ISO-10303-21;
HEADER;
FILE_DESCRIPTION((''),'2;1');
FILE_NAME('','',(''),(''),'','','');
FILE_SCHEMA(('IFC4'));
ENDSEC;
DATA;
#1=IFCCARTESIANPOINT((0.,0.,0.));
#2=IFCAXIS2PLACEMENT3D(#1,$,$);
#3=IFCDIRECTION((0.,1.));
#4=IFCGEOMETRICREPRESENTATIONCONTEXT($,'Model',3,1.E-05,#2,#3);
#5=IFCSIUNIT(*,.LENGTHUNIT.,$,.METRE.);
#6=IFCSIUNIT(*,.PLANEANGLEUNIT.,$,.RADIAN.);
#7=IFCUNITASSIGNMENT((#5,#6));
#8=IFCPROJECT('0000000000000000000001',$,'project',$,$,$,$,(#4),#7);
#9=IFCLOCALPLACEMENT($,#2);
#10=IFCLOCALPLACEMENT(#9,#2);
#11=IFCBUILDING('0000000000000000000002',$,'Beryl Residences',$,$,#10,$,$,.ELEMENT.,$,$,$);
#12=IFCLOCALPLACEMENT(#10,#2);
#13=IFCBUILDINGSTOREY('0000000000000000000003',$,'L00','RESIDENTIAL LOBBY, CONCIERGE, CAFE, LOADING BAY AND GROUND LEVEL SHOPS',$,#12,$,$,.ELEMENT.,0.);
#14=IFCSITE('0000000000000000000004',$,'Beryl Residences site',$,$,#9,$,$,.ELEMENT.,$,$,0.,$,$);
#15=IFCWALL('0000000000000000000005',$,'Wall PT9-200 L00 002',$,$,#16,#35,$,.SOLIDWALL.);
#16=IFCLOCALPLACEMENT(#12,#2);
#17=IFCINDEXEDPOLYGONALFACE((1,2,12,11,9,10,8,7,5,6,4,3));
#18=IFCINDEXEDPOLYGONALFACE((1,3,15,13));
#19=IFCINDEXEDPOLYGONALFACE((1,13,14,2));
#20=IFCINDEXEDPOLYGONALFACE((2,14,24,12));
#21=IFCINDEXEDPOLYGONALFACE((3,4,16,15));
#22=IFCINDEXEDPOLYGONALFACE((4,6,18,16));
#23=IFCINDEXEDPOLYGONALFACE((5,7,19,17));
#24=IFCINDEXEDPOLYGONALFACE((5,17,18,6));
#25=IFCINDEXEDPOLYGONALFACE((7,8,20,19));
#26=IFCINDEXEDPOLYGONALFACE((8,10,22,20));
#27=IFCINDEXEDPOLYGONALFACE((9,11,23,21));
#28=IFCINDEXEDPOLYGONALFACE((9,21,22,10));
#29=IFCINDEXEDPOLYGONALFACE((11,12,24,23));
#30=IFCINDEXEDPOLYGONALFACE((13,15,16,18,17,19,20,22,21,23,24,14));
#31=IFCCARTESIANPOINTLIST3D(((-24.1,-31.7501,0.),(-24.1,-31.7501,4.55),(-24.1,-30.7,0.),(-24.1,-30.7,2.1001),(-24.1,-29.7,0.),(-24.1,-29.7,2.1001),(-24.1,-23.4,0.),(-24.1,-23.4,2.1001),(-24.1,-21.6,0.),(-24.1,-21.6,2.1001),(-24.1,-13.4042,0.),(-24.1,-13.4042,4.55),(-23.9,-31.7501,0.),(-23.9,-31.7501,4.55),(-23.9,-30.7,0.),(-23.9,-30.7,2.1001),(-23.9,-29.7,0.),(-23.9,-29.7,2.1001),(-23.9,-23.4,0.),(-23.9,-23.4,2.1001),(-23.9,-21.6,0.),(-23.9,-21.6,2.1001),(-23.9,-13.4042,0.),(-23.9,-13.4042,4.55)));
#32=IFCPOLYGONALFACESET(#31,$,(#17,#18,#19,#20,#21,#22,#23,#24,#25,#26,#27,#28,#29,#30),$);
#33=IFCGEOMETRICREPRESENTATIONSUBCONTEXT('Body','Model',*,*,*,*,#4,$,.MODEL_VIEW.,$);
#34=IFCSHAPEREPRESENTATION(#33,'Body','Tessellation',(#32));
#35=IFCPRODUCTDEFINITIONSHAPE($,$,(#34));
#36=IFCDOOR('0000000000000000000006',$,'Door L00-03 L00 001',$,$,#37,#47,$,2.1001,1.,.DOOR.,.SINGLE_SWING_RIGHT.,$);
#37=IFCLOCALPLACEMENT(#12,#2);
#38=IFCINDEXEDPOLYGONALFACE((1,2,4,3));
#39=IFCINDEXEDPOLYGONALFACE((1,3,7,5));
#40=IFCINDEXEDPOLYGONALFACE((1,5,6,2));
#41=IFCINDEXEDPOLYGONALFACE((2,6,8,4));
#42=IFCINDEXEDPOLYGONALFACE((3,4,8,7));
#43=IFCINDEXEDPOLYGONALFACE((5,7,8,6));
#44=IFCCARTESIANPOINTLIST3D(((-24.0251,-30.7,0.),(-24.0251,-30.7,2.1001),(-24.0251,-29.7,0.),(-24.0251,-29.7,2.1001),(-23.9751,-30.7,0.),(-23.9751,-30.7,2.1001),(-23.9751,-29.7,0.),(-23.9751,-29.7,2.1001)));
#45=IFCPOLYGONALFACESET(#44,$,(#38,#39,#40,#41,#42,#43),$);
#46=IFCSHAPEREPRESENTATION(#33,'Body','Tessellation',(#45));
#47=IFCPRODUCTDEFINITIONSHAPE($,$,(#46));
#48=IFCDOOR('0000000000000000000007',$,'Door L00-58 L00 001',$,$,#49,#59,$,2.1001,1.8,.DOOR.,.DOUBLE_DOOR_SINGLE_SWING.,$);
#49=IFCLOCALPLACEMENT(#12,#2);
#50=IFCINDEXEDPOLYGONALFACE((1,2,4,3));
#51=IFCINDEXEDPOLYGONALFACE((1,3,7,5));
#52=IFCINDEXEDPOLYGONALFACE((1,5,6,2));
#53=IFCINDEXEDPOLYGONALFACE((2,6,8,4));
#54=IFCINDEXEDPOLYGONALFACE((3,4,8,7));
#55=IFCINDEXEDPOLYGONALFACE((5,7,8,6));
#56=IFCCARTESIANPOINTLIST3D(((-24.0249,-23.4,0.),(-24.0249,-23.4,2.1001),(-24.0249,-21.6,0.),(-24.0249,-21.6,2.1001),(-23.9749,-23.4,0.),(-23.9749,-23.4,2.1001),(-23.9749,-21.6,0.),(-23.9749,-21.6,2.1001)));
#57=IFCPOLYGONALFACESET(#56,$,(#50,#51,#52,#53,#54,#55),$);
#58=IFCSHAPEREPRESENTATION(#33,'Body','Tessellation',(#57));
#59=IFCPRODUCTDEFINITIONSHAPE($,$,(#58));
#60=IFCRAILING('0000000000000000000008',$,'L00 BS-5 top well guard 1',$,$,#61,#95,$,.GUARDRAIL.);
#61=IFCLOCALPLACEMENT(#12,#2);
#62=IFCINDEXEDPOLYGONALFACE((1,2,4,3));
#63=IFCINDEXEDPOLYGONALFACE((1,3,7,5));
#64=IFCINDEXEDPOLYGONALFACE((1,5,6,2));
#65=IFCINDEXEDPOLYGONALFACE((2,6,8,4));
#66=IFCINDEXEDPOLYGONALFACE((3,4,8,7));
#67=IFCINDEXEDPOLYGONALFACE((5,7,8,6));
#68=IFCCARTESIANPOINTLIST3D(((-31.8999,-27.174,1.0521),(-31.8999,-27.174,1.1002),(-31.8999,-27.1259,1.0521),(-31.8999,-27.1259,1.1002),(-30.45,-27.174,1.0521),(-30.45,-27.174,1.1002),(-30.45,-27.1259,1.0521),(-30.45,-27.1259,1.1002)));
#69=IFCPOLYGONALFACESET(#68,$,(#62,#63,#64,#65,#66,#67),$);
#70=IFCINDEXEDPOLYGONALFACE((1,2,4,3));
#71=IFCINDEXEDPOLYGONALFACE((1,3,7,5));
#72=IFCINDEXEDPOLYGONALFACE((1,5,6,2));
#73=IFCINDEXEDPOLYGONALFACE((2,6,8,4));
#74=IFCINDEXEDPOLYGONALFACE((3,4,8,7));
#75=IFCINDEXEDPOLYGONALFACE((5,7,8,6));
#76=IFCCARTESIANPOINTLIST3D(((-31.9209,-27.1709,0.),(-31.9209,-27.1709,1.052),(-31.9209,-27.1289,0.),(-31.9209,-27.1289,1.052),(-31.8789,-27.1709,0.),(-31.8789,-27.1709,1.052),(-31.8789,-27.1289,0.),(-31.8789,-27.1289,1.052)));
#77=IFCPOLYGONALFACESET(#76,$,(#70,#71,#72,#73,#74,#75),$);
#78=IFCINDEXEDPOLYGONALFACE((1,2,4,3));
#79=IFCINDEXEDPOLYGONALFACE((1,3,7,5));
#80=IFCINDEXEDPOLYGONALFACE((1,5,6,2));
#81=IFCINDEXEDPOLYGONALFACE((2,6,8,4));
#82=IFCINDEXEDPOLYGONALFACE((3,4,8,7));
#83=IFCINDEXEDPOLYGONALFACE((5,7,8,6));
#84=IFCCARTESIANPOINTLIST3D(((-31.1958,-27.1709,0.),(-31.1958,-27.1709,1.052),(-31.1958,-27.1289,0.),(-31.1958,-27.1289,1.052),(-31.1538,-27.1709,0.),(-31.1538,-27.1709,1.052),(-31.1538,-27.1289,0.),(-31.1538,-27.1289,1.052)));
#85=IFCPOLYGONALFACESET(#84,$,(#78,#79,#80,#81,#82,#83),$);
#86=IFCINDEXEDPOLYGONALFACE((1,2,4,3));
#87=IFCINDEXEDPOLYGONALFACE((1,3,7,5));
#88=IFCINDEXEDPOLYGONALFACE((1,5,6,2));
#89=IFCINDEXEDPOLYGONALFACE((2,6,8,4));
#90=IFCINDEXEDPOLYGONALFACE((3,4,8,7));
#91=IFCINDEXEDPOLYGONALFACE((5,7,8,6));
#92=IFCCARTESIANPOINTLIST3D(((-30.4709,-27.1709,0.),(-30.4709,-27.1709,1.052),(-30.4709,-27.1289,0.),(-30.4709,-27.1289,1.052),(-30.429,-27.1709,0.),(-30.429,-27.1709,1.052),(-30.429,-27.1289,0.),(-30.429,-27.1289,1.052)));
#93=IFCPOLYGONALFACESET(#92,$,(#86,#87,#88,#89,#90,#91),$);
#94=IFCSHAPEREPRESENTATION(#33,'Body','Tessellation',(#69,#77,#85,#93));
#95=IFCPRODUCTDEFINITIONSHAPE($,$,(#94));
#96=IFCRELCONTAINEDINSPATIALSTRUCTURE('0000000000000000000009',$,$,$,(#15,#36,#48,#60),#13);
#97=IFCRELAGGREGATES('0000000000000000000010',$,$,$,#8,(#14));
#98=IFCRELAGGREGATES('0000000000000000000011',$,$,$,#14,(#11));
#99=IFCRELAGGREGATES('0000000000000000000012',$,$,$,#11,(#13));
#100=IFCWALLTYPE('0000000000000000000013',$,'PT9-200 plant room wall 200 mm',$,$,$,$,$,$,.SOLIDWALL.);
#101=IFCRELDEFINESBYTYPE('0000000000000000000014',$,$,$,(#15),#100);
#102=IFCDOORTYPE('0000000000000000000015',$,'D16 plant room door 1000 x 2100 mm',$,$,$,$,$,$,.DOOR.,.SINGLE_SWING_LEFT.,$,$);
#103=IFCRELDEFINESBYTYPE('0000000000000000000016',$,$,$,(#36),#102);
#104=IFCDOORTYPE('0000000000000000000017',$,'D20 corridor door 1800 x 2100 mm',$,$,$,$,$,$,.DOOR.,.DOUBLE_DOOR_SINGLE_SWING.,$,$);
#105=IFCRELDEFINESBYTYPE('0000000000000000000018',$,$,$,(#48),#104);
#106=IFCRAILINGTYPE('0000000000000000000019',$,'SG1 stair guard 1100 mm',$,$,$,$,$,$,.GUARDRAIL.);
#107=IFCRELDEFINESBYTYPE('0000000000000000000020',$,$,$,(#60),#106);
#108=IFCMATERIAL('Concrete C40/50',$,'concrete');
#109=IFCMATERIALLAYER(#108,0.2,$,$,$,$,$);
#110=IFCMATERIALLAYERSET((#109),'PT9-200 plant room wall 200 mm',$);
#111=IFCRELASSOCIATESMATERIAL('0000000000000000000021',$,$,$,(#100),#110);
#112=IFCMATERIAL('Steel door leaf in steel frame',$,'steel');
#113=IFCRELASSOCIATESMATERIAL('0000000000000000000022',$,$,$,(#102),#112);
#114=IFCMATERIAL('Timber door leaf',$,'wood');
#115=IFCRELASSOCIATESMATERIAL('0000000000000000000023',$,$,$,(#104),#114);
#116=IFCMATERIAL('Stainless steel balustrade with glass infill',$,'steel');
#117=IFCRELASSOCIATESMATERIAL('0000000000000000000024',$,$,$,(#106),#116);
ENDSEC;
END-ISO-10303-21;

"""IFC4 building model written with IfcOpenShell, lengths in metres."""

from ifc_helpers import new_model, si_unit, direction, frame, frame_2d, origin, origin_2d, place, context, subcontext, project, spatial, rectangle, extrude, material, layer, layer_set, type_object, element, fill, save


model = new_model("IFC4")

# Units and contexts
model_context = context("Model", 3, precision=1e-05, world=origin(), true_north=direction((0.0, 1.0)))
body_context = subcontext(model_context, "Body", "Model", "MODEL_VIEW")
ifc_project = project(units=[si_unit("LENGTHUNIT", "METRE"), si_unit("PLANEANGLEUNIT", "RADIAN")], contexts=[model_context])

# Site, building, storey
site_placement = place(None, origin())
site = spatial("IfcSite", under=ifc_project, at=site_placement, Name="Beryl Residences site", CompositionType="ELEMENT", RefElevation=0.0)
building_placement = place(site_placement, origin())
building = spatial("IfcBuilding", under=site, at=building_placement, Name="Beryl Residences", CompositionType="ELEMENT")
storey_placement = place(building_placement, origin())
storey = spatial("IfcBuildingStorey", under=building, at=storey_placement, Name="L00", Description="RESIDENTIAL LOBBY, CONCIERGE, CAFE, LOADING BAY AND GROUND LEVEL SHOPS", CompositionType="ELEMENT", Elevation=0.0)

# Shared definitions
ifc_material_1 = material(Name="Concrete C40/50", Category="concrete")
ifc_layer_1 = layer(ifc_material_1, 0.2)
ifc_layer_set_1 = layer_set([ifc_layer_1], Name="PT9-200 plant room wall 200 mm")
wall_type_1 = type_object("IfcWallType", Name="PT9-200 plant room wall 200 mm", PredefinedType="SOLIDWALL", material=ifc_layer_set_1)

# Wall, openings, doors
wall_1_placement = place(storey_placement, frame((-24.0, -31.75, 0.0), z_axis=(0.0, 0.0, 1.0), x_axis=(0.0, 1.0, 0.0)))
wall_1 = element("IfcWall", 1, at=wall_1_placement, inside=storey, type_object=wall_type_1, Name="Wall PT9-200 L00 002", PredefinedType="SOLIDWALL", context=body_context, shape_type="SweptSolid", body=[
    extrude(rectangle(XDim=18.3459, YDim=0.2, at=frame_2d((9.1729, 0.0))), origin(), (0.0, 0.0, 1.0), 4.55),
])
opening_1_placement = place(wall_1_placement, frame((2.05, 0.0, 0.0), z_axis=(0.0, 0.0, 1.0), x_axis=(-1.0, 0.0, 0.0)))
opening_1 = element("IfcOpeningElement", 2, at=opening_1_placement, cuts=wall_1, PredefinedType="OPENING", context=body_context, shape_type="SweptSolid", body=[
    extrude(rectangle(XDim=1.0, YDim=2.1001, at=frame_2d((0.5, 1.05))), frame((0.0, 0.1099, 0.0), z_axis=(0.0, -1.0, 0.0), x_axis=(1.0, 0.0, 0.0)), (0.0, 0.0, 1.0), 0.22),
])
opening_2_placement = place(wall_1_placement, frame((8.3501, 0.0, 0.0)))
opening_2 = element("IfcOpeningElement", 3, at=opening_2_placement, cuts=wall_1, PredefinedType="OPENING", context=body_context, shape_type="SweptSolid", body=[
    extrude(rectangle(XDim=1.8, YDim=2.1001, at=frame_2d((0.8999, 1.05))), frame((0.0, 0.1099, 0.0), z_axis=(0.0, -1.0, 0.0), x_axis=(1.0, 0.0, 0.0)), (0.0, 0.0, 1.0), 0.22),
])
ifc_material_2 = material(Name="Steel door leaf in steel frame", Category="steel")
door_type_1 = type_object("IfcDoorType", Name="D16 plant room door 1000 x 2100 mm", OperationType="SINGLE_SWING_LEFT", PredefinedType="DOOR", material=ifc_material_2)
door_1_placement = place(opening_1_placement, origin())
door_1 = element("IfcDoor", 4, at=door_1_placement, inside=storey, type_object=door_type_1, Name="Door L00-03 L00 001", OperationType="SINGLE_SWING_RIGHT", OverallHeight=2.1001, OverallWidth=1.0, PredefinedType="DOOR", context=body_context, shape_type="SweptSolid", body=[
    extrude(rectangle(XDim=1.0, YDim=2.1001, at=frame_2d((0.5, 1.05))), frame((0.0, 0.0249, 0.0), z_axis=(0.0, -1.0, 0.0), x_axis=(1.0, 0.0, 0.0)), (0.0, 0.0, 1.0), 0.05),
])
fill(opening_1, door_1)
ifc_material_3 = material(Name="Timber door leaf", Category="wood")
door_type_2 = type_object("IfcDoorType", Name="D20 corridor door 1800 x 2100 mm", OperationType="DOUBLE_DOOR_SINGLE_SWING", PredefinedType="DOOR", material=ifc_material_3)
door_2_placement = place(opening_2_placement, origin())
door_2 = element("IfcDoor", 5, at=door_2_placement, inside=storey, type_object=door_type_2, Name="Door L00-58 L00 001", OperationType="DOUBLE_DOOR_SINGLE_SWING", OverallHeight=2.1001, OverallWidth=1.8, PredefinedType="DOOR", context=body_context, shape_type="SweptSolid", body=[
    extrude(rectangle(XDim=1.8, YDim=2.1001, at=frame_2d((0.8999, 1.05))), frame((0.0, 0.0249, 0.0), z_axis=(0.0, -1.0, 0.0), x_axis=(1.0, 0.0, 0.0)), (0.0, 0.0, 1.0), 0.05),
])
fill(opening_2, door_2)

# Railing
ifc_material_4 = material(Name="Stainless steel balustrade with glass infill", Category="steel")
railing_type = type_object("IfcRailingType", Name="SG1 stair guard 1100 mm", PredefinedType="GUARDRAIL", material=ifc_material_4)
railing_placement = place(storey_placement, frame((-31.8999, -27.1499, 0.0)))
element("IfcRailing", 6, at=railing_placement, inside=storey, type_object=railing_type, Name="L00 BS-5 top well guard 1", PredefinedType="GUARDRAIL", context=body_context, shape_type="SweptSolid", body=[
    extrude(rectangle(XDim=0.0481, YDim=0.0481, at=origin_2d()), frame((0.0, 0.0, 1.0762), z_axis=(1.0, 0.0, 0.0), x_axis=(0.0, 1.0, 0.0)), (0.0, 0.0, 1.0), 1.45),
    extrude(rectangle(XDim=0.042, YDim=0.042, at=origin_2d()), origin(), (0.0, 0.0, 1.0), 1.052),
    extrude(rectangle(XDim=0.042, YDim=0.042, at=origin_2d()), frame((0.7251, 0.0, 0.0)), (0.0, 0.0, 1.0), 1.052),
    extrude(rectangle(XDim=0.042, YDim=0.042, at=origin_2d()), frame((1.45, 0.0, 0.0)), (0.0, 0.0, 1.0), 1.052),
])

save(model, "model.ifc")
